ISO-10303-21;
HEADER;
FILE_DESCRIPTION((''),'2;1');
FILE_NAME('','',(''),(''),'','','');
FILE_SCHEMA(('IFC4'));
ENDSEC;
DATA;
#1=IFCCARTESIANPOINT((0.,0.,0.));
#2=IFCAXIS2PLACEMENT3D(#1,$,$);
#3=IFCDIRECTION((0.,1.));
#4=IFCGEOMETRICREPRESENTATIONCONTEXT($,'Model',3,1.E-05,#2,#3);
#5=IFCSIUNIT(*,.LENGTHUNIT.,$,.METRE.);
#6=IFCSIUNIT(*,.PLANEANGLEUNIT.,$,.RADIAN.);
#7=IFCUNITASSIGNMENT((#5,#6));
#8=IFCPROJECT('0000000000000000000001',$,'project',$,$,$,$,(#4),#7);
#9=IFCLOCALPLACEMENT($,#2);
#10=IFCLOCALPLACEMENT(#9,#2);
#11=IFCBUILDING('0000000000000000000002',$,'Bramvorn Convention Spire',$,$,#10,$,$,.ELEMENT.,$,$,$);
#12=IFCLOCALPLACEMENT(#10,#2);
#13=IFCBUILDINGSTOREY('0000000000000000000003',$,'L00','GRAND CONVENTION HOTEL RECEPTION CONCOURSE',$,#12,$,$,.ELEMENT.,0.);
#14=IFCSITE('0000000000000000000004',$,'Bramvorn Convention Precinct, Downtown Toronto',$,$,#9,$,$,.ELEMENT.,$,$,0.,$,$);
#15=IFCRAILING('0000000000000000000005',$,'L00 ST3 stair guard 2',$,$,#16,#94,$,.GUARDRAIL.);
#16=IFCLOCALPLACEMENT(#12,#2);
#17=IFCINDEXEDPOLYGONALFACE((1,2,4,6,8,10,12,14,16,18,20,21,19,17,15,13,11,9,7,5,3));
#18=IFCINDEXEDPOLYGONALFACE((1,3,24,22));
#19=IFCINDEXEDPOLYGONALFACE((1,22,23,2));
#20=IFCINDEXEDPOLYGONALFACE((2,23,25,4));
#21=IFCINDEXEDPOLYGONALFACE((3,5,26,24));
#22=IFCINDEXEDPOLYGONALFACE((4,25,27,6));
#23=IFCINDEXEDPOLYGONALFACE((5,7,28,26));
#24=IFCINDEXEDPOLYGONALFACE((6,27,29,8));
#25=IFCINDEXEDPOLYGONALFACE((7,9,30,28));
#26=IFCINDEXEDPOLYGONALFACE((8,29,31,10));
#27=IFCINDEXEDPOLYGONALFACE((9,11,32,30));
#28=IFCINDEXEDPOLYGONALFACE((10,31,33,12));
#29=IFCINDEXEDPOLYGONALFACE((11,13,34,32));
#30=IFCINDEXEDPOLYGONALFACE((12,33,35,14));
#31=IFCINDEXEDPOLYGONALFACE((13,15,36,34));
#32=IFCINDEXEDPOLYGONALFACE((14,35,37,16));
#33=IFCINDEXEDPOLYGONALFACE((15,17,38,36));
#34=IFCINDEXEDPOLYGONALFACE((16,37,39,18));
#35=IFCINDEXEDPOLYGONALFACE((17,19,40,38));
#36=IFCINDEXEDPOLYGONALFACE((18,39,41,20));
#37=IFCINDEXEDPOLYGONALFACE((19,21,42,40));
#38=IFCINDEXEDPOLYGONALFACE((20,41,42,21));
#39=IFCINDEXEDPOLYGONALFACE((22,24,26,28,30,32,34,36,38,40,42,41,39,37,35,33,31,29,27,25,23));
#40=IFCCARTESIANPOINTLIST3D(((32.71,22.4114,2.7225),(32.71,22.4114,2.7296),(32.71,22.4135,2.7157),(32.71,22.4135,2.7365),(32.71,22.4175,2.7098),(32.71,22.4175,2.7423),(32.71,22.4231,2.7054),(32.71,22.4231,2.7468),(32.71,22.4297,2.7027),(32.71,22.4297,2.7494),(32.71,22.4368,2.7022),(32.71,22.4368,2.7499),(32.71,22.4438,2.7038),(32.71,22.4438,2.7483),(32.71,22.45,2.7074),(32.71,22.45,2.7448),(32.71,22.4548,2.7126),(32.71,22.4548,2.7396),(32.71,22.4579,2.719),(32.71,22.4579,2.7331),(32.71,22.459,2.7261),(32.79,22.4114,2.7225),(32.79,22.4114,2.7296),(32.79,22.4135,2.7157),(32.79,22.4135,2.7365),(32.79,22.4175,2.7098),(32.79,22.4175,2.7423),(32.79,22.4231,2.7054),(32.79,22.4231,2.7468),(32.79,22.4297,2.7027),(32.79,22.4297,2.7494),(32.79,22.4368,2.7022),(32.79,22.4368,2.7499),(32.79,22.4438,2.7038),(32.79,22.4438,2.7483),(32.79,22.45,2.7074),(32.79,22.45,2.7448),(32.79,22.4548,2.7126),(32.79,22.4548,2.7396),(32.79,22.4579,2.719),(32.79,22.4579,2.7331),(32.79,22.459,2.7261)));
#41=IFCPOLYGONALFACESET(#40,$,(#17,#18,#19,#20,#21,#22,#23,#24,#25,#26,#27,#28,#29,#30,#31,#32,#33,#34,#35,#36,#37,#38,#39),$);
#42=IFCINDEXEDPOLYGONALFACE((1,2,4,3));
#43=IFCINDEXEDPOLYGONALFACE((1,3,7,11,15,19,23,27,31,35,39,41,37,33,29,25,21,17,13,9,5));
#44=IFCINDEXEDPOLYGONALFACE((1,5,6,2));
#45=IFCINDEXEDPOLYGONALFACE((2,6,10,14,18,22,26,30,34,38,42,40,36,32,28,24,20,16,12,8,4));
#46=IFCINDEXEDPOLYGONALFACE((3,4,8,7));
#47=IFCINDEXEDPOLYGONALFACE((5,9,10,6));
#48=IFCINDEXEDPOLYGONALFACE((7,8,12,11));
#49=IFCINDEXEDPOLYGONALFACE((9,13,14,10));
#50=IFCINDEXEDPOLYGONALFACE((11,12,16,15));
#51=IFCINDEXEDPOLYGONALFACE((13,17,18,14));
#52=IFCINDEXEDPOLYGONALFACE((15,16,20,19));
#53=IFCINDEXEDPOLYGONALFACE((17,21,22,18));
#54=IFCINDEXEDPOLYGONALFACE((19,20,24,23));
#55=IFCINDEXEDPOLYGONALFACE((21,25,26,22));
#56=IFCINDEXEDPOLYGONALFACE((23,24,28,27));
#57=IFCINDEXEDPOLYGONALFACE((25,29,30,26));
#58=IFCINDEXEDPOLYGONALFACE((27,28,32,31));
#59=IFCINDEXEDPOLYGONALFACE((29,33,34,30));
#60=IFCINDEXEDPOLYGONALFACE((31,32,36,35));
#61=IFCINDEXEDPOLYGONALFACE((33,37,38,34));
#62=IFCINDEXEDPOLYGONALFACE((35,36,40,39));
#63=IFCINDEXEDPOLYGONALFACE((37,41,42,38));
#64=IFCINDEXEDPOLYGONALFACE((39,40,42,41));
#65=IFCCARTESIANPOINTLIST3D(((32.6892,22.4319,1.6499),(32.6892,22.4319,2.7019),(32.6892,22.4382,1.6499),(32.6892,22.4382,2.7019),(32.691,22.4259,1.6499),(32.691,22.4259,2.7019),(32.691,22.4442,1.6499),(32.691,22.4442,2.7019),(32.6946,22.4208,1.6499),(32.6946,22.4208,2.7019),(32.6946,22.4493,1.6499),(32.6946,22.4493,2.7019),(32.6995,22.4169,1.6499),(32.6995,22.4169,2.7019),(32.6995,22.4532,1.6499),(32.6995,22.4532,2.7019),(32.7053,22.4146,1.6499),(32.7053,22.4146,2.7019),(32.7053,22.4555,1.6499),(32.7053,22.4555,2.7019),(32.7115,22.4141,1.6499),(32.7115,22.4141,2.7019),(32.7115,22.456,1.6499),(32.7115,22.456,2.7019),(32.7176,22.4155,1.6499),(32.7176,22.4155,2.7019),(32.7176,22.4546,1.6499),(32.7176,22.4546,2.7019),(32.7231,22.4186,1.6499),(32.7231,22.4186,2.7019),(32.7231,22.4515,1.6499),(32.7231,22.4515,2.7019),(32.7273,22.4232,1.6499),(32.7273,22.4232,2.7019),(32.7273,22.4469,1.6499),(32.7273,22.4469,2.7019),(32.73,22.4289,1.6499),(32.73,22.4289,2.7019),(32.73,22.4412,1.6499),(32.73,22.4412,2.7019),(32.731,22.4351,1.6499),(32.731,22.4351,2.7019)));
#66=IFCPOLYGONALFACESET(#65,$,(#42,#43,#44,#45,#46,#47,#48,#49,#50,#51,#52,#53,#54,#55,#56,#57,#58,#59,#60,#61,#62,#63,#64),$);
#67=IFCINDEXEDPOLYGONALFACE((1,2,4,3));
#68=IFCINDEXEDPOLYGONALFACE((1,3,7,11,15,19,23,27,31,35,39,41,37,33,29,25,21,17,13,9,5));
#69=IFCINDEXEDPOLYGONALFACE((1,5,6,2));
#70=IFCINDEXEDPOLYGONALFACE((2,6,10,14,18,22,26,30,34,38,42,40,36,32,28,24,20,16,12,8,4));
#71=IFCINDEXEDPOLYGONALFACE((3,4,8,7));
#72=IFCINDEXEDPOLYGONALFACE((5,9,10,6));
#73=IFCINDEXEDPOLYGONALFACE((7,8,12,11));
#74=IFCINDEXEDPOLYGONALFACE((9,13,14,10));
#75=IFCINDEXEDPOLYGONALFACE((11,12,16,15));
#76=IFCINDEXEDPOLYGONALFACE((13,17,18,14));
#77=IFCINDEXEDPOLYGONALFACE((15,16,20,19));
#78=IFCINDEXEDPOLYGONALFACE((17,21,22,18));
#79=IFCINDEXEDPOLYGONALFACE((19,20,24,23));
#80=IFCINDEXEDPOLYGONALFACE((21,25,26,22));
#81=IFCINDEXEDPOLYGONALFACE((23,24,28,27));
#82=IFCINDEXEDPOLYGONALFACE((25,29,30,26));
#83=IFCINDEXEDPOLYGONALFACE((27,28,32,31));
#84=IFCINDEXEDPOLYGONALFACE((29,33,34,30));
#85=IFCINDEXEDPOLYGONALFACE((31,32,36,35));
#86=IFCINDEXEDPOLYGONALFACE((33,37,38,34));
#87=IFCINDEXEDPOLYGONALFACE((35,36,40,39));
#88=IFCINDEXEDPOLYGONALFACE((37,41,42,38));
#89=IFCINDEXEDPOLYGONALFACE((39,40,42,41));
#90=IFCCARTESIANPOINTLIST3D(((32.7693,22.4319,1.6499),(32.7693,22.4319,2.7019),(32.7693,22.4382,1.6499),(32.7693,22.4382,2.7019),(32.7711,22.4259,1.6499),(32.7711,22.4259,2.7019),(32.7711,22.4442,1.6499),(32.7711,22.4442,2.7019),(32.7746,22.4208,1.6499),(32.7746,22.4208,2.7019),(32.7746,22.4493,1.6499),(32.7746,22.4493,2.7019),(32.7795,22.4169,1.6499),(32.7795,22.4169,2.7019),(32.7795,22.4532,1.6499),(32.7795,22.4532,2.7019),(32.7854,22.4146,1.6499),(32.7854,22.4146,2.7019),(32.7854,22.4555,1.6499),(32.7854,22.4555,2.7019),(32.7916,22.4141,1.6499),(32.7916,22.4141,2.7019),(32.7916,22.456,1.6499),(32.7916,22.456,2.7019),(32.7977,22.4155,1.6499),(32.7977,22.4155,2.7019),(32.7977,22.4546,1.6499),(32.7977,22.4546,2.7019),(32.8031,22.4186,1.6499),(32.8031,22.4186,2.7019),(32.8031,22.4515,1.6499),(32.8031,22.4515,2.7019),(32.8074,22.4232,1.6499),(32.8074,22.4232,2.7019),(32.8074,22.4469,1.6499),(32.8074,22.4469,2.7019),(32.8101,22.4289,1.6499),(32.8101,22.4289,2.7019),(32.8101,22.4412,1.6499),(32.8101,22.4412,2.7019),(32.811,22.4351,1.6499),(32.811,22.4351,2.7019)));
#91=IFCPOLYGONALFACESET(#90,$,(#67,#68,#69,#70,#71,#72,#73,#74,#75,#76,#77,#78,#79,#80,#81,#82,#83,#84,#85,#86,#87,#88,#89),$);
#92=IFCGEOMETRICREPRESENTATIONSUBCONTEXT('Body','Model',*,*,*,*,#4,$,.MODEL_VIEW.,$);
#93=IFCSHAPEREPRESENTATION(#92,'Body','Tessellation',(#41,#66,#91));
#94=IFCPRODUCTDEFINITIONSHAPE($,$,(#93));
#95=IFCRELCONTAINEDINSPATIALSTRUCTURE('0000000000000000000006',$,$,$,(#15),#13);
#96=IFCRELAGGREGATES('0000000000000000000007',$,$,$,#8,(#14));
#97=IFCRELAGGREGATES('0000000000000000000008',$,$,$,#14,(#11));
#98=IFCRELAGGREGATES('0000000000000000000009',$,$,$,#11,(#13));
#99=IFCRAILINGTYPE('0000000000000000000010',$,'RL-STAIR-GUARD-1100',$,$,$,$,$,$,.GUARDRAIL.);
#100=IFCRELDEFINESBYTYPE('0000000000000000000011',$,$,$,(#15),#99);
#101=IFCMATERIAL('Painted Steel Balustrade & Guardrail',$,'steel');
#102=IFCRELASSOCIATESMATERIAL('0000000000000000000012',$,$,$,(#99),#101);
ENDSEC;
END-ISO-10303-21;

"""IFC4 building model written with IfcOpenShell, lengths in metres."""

from ifc_helpers import new_model, si_unit, direction, frame, origin, origin_2d, place, context, subcontext, project, spatial, circle, extrude, material, type_object, element, save


model = new_model("IFC4")

# Units and contexts
model_context = context("Model", 3, precision=1e-05, world=origin(), true_north=direction((0.0, 1.0)))
body_context = subcontext(model_context, "Body", "Model", "MODEL_VIEW")
ifc_project = project(units=[si_unit("LENGTHUNIT", "METRE"), si_unit("PLANEANGLEUNIT", "RADIAN")], contexts=[model_context])

# Site, building, storey
site_placement = place(None, origin())
site = spatial("IfcSite", under=ifc_project, at=site_placement, Name="Bramvorn Convention Precinct, Downtown Toronto", CompositionType="ELEMENT", RefElevation=0.0)
building_placement = place(site_placement, origin())
building = spatial("IfcBuilding", under=site, at=building_placement, Name="Bramvorn Convention Spire", CompositionType="ELEMENT")
storey_placement = place(building_placement, origin())
storey = spatial("IfcBuildingStorey", under=building, at=storey_placement, Name="L00", Description="GRAND CONVENTION HOTEL RECEPTION CONCOURSE", CompositionType="ELEMENT", Elevation=0.0)

# Railing
ifc_material_1 = material(Name="Painted Steel Balustrade & Guardrail", Category="steel")
railing_type_1 = type_object("IfcRailingType", Name="RL-STAIR-GUARD-1100", PredefinedType="GUARDRAIL", material=ifc_material_1)
railing_1_placement = place(storey_placement, frame((32.71, 22.4351, 1.6499)))
element("IfcRailing", 1, at=railing_1_placement, inside=storey, type_object=railing_type_1, Name="L00 ST3 stair guard 2", PredefinedType="GUARDRAIL", context=body_context, shape_type="SweptSolid", body=[
    extrude(circle(Radius=0.0239, at=origin_2d()), frame((0.0, 0.0, 1.0762), z_axis=(1.0, 0.0, 0.0), x_axis=(0.0, 1.0, 0.0)), (0.0, 0.0, 1.0), 0.0801),
    extrude(circle(Radius=0.021, at=origin_2d()), origin(), (0.0, 0.0, 1.0), 1.052),
    extrude(circle(Radius=0.021, at=origin_2d()), frame((0.0801, 0.0, 0.0)), (0.0, 0.0, 1.0), 1.052),
])

save(model, "model.ifc")
